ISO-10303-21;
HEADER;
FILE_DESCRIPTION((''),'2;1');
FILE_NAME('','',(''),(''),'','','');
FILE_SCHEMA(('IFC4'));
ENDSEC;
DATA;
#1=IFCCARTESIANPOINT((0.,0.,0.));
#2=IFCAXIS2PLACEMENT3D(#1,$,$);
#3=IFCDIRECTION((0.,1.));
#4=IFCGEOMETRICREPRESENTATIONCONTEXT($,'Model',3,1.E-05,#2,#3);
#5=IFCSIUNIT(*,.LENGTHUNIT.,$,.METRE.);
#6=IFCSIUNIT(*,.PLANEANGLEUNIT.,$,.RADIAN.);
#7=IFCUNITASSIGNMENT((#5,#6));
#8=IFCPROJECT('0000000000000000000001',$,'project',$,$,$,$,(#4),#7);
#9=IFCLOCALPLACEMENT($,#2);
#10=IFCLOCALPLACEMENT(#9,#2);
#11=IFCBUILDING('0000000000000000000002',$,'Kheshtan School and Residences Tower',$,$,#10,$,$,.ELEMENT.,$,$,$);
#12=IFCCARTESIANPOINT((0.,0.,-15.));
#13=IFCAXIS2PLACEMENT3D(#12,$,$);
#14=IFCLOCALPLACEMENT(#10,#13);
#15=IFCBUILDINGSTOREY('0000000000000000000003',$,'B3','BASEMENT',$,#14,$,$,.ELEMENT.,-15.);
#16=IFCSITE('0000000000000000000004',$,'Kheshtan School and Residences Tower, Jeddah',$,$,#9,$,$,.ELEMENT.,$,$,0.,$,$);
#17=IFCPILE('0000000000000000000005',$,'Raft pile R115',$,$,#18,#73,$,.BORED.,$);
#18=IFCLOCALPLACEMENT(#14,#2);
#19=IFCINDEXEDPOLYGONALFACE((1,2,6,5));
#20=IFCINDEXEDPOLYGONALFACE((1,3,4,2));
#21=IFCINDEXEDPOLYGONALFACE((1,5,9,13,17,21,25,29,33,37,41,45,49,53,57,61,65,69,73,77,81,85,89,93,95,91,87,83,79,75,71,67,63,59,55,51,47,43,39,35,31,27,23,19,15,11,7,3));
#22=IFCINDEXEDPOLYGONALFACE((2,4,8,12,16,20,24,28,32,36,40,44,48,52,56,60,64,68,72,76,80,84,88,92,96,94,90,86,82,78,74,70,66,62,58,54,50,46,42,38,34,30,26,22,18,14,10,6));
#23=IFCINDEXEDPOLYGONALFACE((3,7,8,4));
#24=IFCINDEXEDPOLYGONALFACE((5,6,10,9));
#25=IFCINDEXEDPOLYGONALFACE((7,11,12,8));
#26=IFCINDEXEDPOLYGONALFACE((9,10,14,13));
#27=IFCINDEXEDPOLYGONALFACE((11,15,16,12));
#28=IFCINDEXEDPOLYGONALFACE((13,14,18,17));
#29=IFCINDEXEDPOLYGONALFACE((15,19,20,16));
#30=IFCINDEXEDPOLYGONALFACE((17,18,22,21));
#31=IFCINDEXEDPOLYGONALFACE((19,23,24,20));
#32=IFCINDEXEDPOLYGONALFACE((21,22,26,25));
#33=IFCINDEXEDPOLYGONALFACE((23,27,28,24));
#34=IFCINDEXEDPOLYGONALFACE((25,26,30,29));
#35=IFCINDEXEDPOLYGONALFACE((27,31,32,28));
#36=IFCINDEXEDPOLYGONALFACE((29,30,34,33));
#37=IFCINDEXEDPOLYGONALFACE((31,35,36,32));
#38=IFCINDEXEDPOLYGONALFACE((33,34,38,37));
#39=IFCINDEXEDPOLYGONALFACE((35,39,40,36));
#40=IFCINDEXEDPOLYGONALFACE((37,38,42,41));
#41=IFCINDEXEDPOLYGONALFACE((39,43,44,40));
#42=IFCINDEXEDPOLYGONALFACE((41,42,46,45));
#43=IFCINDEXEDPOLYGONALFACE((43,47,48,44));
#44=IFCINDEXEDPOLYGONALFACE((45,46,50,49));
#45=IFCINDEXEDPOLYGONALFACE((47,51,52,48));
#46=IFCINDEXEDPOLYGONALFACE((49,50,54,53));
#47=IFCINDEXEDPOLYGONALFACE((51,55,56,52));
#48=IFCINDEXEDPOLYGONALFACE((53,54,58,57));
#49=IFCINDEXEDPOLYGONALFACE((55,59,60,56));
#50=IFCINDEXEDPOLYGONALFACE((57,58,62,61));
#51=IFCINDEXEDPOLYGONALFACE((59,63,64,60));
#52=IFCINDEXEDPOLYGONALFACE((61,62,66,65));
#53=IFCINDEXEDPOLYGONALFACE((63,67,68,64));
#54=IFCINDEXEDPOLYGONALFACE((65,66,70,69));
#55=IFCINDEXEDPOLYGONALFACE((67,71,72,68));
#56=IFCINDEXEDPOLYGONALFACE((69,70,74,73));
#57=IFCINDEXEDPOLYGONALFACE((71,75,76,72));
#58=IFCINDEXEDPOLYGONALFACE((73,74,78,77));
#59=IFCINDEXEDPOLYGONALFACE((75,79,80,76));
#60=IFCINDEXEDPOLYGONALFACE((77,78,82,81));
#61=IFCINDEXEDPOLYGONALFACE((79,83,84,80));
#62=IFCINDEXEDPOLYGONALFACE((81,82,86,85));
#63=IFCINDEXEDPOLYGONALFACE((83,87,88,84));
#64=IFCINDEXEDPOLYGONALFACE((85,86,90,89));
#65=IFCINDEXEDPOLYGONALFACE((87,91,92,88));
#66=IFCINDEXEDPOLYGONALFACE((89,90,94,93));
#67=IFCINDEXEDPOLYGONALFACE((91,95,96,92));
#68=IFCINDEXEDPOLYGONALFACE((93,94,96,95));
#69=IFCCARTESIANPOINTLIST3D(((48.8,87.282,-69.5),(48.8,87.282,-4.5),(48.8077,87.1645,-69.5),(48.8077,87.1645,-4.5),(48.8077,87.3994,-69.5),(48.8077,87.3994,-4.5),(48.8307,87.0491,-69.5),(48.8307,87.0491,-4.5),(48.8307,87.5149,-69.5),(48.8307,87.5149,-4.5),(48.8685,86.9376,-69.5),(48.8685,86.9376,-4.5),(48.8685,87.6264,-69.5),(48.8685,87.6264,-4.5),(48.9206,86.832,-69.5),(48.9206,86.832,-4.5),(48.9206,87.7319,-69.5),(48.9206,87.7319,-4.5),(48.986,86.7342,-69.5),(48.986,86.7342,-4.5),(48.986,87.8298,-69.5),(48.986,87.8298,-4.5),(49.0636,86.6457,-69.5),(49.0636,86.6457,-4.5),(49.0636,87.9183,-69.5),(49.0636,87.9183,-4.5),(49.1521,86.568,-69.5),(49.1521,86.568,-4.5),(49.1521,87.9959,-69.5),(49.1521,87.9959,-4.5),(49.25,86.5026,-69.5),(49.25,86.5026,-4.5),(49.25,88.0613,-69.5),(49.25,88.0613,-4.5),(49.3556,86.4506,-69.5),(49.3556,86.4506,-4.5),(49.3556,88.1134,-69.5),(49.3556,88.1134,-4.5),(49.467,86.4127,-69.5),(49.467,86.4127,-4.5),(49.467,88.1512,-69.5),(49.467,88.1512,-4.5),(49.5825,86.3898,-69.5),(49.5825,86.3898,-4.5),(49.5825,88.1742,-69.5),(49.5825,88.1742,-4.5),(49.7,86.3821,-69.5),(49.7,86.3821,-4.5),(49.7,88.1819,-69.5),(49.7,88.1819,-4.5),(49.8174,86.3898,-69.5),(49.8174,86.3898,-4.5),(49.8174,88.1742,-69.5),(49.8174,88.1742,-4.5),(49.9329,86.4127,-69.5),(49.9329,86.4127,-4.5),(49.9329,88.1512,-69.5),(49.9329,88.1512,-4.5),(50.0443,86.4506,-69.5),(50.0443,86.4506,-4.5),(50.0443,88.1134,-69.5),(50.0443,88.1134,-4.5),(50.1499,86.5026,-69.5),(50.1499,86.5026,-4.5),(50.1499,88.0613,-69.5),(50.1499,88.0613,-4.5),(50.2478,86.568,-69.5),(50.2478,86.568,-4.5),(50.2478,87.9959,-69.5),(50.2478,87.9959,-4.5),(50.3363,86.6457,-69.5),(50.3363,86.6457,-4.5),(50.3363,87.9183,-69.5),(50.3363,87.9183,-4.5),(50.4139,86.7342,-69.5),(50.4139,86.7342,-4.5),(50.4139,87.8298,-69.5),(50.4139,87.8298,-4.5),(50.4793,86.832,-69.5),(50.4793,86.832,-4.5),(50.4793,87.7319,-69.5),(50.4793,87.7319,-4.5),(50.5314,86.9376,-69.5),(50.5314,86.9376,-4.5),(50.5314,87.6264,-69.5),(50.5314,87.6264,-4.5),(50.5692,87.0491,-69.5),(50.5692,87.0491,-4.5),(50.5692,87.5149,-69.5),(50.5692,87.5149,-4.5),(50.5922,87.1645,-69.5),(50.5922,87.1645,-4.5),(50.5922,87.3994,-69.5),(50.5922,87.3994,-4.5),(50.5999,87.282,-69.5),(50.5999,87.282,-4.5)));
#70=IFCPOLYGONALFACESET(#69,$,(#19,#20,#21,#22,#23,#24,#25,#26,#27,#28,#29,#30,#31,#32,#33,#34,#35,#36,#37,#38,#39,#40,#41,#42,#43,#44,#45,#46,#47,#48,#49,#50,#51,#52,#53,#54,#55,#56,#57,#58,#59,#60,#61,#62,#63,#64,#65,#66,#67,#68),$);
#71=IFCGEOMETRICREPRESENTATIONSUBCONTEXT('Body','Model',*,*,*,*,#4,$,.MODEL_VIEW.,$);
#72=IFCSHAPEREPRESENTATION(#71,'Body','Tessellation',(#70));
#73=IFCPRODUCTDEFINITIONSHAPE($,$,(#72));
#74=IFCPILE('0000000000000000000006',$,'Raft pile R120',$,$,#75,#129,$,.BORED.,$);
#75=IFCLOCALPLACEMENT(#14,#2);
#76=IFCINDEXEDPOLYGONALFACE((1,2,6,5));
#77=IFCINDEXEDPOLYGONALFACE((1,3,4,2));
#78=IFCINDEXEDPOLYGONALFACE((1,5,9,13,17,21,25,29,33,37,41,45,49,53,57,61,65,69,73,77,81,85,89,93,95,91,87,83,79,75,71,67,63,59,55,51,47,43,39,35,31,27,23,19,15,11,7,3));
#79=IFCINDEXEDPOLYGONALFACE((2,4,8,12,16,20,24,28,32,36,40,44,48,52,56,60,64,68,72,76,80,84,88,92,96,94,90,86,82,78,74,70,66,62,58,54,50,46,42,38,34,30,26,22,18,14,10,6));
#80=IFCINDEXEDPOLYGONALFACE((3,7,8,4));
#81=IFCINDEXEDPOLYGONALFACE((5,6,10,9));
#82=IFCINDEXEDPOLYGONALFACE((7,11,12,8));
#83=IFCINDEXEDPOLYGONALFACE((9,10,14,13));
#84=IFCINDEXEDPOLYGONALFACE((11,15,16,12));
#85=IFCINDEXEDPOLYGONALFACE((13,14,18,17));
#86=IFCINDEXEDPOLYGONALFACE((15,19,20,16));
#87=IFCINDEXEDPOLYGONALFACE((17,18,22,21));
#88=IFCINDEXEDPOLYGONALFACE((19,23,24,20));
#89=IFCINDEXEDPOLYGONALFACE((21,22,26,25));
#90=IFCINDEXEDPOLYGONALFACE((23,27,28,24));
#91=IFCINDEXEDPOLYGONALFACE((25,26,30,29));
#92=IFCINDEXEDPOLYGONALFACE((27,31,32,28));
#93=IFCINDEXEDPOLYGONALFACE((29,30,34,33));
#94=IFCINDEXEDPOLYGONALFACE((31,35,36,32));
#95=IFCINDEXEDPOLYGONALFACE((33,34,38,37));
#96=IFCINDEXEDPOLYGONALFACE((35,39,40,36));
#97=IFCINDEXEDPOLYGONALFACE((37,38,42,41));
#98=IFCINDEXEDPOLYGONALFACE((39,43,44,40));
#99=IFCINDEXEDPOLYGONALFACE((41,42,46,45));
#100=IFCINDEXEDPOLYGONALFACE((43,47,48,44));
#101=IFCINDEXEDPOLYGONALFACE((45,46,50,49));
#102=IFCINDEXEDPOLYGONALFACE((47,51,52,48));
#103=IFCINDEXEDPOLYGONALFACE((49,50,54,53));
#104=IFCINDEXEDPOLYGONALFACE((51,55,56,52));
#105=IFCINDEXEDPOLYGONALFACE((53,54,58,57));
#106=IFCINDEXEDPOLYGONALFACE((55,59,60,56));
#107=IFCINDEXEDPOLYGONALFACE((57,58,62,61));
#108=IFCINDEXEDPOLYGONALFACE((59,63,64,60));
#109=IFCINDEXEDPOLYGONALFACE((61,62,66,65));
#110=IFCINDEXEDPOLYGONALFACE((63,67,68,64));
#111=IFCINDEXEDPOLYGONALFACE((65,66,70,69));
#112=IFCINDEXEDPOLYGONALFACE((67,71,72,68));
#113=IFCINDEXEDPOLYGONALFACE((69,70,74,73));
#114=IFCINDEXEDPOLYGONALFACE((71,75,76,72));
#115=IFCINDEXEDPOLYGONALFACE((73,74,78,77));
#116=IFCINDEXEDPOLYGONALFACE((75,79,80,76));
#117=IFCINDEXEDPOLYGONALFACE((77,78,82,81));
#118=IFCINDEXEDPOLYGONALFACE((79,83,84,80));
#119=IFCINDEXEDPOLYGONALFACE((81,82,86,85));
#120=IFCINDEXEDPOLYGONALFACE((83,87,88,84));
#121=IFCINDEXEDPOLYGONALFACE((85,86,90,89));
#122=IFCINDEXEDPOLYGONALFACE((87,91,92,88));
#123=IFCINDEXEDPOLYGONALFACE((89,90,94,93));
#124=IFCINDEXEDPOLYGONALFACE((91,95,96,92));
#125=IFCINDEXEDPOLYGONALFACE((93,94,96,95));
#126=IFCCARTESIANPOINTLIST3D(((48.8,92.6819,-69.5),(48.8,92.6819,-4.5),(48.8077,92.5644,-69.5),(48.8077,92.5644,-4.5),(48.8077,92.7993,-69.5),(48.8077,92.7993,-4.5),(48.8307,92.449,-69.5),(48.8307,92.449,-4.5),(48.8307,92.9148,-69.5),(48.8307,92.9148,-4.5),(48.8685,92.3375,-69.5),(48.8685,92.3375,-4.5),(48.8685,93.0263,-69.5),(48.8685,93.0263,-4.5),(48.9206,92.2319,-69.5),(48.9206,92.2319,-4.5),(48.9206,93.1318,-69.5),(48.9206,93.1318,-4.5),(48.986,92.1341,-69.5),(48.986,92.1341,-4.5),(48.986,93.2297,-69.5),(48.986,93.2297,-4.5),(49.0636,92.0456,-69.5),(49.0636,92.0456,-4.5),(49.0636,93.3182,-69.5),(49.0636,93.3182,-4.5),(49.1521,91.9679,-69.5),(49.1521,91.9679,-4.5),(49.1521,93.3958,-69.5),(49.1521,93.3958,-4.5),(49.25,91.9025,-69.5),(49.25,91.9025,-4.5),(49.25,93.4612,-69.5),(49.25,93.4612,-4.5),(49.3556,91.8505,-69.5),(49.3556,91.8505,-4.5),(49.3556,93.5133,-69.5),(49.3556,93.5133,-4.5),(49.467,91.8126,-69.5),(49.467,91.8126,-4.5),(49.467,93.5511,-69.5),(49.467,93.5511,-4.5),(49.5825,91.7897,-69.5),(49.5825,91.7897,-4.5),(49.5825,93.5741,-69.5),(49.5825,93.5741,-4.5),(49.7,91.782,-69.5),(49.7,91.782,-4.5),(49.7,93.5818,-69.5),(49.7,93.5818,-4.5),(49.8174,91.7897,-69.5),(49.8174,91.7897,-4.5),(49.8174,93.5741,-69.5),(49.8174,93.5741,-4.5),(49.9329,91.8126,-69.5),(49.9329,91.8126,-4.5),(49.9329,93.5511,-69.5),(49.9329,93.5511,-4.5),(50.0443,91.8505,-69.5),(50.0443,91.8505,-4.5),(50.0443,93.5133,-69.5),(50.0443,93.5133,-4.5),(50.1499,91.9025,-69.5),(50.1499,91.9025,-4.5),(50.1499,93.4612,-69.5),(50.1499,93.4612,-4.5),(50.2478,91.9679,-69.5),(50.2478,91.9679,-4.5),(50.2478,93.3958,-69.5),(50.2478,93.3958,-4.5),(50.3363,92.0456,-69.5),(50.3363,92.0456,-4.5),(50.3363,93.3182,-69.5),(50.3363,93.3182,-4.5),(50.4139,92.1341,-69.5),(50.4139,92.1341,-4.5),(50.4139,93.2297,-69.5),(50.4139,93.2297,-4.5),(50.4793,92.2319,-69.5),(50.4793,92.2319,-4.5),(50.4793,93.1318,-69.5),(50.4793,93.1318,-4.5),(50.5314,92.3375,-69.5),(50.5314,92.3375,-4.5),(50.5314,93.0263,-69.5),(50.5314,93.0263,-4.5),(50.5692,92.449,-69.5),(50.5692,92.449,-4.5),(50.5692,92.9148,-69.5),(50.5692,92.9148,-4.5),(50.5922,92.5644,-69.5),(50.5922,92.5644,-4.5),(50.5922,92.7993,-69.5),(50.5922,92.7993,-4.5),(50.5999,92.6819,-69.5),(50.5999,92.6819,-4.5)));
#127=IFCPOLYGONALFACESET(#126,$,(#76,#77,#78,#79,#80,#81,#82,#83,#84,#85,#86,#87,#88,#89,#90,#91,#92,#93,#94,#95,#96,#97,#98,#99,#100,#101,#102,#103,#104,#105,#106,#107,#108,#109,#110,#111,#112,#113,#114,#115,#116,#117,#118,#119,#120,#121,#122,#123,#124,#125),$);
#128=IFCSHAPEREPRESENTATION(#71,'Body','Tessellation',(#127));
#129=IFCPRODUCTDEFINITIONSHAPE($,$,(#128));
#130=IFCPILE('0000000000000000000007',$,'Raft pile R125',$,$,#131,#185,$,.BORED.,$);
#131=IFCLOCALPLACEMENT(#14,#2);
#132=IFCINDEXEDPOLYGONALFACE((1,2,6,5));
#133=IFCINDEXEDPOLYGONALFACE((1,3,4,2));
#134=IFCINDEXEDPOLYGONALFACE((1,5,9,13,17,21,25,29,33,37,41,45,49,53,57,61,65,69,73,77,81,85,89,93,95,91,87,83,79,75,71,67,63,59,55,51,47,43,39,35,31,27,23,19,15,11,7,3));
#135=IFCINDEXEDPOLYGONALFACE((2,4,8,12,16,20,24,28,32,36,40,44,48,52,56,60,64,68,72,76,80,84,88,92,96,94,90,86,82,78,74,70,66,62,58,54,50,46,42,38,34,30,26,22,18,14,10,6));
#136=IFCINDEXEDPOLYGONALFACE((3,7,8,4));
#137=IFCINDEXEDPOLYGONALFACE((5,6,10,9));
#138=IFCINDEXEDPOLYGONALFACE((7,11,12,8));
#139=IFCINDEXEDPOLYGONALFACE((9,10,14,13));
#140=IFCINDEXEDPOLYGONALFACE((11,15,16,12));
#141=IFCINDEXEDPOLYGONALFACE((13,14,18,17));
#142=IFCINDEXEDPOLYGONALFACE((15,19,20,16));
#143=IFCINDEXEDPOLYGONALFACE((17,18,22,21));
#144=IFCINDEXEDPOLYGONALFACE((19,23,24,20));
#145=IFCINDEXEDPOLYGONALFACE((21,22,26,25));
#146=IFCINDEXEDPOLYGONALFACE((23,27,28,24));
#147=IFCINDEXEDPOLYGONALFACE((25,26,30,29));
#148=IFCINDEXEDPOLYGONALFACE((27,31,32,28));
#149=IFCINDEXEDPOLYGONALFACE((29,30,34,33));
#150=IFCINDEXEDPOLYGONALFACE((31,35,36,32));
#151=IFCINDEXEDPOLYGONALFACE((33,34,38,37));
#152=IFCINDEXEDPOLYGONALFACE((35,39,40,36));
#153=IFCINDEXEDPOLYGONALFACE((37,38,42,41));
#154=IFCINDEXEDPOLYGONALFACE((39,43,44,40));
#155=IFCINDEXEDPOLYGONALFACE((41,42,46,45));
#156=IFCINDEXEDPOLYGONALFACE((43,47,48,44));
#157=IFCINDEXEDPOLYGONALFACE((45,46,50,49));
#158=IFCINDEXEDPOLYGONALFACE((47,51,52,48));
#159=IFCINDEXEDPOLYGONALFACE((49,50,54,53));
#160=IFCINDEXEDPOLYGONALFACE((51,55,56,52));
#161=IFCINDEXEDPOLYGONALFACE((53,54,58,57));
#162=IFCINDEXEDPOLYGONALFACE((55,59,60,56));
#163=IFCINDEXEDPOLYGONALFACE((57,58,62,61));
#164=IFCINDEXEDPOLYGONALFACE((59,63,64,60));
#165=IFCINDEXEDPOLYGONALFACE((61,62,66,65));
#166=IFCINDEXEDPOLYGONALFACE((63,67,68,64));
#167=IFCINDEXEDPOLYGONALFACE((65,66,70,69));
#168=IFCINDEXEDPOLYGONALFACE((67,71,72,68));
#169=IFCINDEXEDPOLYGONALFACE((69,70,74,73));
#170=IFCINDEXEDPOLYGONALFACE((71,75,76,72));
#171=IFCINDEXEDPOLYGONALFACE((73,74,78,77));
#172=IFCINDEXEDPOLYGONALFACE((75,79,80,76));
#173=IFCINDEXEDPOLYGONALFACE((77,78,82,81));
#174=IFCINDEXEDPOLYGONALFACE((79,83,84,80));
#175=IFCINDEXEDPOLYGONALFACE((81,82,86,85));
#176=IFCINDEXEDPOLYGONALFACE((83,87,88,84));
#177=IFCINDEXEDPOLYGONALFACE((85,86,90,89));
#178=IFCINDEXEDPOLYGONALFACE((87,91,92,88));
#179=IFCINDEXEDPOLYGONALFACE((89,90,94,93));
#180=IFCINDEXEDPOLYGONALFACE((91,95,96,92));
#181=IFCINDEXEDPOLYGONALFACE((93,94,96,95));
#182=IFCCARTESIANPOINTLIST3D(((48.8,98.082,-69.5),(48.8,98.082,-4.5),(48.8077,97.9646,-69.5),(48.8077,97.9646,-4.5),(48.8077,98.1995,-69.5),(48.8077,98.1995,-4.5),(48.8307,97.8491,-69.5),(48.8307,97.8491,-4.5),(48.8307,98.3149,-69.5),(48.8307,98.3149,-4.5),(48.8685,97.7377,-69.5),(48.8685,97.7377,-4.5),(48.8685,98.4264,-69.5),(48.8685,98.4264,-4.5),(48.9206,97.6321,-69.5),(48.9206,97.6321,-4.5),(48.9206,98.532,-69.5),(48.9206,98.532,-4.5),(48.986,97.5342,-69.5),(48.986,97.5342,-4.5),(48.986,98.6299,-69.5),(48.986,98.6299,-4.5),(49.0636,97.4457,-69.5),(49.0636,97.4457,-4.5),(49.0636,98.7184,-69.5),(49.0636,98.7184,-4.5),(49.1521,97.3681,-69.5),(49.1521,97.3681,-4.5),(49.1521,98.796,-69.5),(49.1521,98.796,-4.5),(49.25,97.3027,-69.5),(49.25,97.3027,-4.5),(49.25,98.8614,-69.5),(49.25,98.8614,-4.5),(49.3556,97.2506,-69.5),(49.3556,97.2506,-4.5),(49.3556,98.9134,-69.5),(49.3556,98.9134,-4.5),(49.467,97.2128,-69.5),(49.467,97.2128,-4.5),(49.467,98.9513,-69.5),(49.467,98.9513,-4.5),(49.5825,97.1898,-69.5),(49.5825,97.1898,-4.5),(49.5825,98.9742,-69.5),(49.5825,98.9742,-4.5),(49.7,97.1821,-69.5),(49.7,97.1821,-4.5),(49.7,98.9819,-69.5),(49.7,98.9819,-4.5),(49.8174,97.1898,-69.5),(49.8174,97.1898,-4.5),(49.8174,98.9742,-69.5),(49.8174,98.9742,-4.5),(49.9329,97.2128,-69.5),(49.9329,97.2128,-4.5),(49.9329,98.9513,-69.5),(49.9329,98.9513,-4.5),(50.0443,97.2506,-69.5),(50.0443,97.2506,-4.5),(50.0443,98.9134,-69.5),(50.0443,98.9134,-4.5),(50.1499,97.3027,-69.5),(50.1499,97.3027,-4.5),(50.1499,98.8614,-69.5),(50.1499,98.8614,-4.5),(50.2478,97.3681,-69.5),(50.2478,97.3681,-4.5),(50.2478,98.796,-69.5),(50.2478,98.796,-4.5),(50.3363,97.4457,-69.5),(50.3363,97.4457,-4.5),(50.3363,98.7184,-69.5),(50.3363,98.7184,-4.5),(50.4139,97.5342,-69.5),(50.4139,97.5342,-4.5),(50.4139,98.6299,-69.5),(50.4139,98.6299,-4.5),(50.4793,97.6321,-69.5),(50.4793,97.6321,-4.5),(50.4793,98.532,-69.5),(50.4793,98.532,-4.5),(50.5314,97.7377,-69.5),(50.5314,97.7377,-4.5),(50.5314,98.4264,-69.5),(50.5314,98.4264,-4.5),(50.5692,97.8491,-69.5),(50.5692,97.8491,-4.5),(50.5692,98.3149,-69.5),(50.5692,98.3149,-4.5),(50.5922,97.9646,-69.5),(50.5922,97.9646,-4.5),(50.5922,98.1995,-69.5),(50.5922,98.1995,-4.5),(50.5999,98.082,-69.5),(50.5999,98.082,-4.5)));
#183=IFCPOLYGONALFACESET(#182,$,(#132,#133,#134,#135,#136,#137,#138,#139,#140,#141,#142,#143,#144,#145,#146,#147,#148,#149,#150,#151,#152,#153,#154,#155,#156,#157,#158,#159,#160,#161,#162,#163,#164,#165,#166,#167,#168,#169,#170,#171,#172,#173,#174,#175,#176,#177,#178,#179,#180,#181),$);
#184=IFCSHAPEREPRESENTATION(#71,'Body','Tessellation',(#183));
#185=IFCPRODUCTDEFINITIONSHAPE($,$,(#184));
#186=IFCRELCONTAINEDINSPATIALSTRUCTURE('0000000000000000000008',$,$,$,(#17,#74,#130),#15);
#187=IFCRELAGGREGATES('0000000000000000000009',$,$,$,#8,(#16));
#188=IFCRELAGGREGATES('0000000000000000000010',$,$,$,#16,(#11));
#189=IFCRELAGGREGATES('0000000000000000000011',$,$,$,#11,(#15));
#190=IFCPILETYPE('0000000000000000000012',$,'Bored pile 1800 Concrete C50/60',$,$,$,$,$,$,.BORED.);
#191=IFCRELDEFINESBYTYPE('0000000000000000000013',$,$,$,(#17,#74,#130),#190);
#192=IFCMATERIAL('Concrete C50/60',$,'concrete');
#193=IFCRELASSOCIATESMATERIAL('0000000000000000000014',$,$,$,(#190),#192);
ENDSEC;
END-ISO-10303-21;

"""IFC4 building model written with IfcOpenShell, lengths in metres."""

from ifc_helpers import new_model, si_unit, direction, frame, origin, origin_2d, place, context, subcontext, project, spatial, circle, extrude, material, material_profile, profile_set, type_object, element, save


model = new_model("IFC4")

# Units and contexts
model_context = context("Model", 3, precision=1e-05, world=origin(), true_north=direction((0.0, 1.0)))
body_context = subcontext(model_context, "Body", "Model", "MODEL_VIEW")
ifc_project = project(units=[si_unit("LENGTHUNIT", "METRE"), si_unit("PLANEANGLEUNIT", "RADIAN")], contexts=[model_context])

# Site, building, storey
site_placement = place(None, origin())
site = spatial("IfcSite", under=ifc_project, at=site_placement, Name="Kheshtan School and Residences Tower, Jeddah", CompositionType="ELEMENT", RefElevation=0.0)
building_placement = place(site_placement, origin())
building = spatial("IfcBuilding", under=site, at=building_placement, Name="Kheshtan School and Residences Tower", CompositionType="ELEMENT")
storey_placement = place(building_placement, frame((0.0, 0.0, -15.0)))
storey = spatial("IfcBuildingStorey", under=building, at=storey_placement, Name="B3", Description="BASEMENT", CompositionType="ELEMENT", Elevation=-15.0)

# Piles
ifc_material_1 = material(Name="Concrete C50/60", Category="concrete")
ifc_material_profile_1 = material_profile(ifc_material_1, circle(Radius=0.8999, at=origin_2d()), Name="BP 1800")
ifc_profile_set_1 = profile_set([ifc_material_profile_1], Name="Concrete C50/60")
pile_type_1 = type_object("IfcPileType", Name="Bored pile 1800 Concrete C50/60", PredefinedType="BORED", material=ifc_profile_set_1)
for number, where, z_axis, x_axis, name in (
    (1, (49.7, 87.282, -4.5), (0.0, 0.0, -1.0), (1.0, 0.0, 0.0), "Raft pile R115"),
    (2, (49.7, 92.6819, -4.5), (0.0, 0.0, -1.0), (1.0, 0.0, 0.0), "Raft pile R120"),
    (3, (49.7, 98.082, -4.5), (0.0, 0.0, -1.0), (1.0, 0.0, 0.0), "Raft pile R125"),
):
    element("IfcPile", number, at=place(storey_placement, frame(where, z_axis=z_axis, x_axis=x_axis)), inside=storey, type_object=pile_type_1, Name=name, PredefinedType="BORED", context=body_context, shape_type="SweptSolid", body=[
        extrude(circle(Radius=0.8999, at=origin_2d()), origin(), (0.0, 0.0, 1.0), 65.0),
    ])

save(model, "model.ifc")
